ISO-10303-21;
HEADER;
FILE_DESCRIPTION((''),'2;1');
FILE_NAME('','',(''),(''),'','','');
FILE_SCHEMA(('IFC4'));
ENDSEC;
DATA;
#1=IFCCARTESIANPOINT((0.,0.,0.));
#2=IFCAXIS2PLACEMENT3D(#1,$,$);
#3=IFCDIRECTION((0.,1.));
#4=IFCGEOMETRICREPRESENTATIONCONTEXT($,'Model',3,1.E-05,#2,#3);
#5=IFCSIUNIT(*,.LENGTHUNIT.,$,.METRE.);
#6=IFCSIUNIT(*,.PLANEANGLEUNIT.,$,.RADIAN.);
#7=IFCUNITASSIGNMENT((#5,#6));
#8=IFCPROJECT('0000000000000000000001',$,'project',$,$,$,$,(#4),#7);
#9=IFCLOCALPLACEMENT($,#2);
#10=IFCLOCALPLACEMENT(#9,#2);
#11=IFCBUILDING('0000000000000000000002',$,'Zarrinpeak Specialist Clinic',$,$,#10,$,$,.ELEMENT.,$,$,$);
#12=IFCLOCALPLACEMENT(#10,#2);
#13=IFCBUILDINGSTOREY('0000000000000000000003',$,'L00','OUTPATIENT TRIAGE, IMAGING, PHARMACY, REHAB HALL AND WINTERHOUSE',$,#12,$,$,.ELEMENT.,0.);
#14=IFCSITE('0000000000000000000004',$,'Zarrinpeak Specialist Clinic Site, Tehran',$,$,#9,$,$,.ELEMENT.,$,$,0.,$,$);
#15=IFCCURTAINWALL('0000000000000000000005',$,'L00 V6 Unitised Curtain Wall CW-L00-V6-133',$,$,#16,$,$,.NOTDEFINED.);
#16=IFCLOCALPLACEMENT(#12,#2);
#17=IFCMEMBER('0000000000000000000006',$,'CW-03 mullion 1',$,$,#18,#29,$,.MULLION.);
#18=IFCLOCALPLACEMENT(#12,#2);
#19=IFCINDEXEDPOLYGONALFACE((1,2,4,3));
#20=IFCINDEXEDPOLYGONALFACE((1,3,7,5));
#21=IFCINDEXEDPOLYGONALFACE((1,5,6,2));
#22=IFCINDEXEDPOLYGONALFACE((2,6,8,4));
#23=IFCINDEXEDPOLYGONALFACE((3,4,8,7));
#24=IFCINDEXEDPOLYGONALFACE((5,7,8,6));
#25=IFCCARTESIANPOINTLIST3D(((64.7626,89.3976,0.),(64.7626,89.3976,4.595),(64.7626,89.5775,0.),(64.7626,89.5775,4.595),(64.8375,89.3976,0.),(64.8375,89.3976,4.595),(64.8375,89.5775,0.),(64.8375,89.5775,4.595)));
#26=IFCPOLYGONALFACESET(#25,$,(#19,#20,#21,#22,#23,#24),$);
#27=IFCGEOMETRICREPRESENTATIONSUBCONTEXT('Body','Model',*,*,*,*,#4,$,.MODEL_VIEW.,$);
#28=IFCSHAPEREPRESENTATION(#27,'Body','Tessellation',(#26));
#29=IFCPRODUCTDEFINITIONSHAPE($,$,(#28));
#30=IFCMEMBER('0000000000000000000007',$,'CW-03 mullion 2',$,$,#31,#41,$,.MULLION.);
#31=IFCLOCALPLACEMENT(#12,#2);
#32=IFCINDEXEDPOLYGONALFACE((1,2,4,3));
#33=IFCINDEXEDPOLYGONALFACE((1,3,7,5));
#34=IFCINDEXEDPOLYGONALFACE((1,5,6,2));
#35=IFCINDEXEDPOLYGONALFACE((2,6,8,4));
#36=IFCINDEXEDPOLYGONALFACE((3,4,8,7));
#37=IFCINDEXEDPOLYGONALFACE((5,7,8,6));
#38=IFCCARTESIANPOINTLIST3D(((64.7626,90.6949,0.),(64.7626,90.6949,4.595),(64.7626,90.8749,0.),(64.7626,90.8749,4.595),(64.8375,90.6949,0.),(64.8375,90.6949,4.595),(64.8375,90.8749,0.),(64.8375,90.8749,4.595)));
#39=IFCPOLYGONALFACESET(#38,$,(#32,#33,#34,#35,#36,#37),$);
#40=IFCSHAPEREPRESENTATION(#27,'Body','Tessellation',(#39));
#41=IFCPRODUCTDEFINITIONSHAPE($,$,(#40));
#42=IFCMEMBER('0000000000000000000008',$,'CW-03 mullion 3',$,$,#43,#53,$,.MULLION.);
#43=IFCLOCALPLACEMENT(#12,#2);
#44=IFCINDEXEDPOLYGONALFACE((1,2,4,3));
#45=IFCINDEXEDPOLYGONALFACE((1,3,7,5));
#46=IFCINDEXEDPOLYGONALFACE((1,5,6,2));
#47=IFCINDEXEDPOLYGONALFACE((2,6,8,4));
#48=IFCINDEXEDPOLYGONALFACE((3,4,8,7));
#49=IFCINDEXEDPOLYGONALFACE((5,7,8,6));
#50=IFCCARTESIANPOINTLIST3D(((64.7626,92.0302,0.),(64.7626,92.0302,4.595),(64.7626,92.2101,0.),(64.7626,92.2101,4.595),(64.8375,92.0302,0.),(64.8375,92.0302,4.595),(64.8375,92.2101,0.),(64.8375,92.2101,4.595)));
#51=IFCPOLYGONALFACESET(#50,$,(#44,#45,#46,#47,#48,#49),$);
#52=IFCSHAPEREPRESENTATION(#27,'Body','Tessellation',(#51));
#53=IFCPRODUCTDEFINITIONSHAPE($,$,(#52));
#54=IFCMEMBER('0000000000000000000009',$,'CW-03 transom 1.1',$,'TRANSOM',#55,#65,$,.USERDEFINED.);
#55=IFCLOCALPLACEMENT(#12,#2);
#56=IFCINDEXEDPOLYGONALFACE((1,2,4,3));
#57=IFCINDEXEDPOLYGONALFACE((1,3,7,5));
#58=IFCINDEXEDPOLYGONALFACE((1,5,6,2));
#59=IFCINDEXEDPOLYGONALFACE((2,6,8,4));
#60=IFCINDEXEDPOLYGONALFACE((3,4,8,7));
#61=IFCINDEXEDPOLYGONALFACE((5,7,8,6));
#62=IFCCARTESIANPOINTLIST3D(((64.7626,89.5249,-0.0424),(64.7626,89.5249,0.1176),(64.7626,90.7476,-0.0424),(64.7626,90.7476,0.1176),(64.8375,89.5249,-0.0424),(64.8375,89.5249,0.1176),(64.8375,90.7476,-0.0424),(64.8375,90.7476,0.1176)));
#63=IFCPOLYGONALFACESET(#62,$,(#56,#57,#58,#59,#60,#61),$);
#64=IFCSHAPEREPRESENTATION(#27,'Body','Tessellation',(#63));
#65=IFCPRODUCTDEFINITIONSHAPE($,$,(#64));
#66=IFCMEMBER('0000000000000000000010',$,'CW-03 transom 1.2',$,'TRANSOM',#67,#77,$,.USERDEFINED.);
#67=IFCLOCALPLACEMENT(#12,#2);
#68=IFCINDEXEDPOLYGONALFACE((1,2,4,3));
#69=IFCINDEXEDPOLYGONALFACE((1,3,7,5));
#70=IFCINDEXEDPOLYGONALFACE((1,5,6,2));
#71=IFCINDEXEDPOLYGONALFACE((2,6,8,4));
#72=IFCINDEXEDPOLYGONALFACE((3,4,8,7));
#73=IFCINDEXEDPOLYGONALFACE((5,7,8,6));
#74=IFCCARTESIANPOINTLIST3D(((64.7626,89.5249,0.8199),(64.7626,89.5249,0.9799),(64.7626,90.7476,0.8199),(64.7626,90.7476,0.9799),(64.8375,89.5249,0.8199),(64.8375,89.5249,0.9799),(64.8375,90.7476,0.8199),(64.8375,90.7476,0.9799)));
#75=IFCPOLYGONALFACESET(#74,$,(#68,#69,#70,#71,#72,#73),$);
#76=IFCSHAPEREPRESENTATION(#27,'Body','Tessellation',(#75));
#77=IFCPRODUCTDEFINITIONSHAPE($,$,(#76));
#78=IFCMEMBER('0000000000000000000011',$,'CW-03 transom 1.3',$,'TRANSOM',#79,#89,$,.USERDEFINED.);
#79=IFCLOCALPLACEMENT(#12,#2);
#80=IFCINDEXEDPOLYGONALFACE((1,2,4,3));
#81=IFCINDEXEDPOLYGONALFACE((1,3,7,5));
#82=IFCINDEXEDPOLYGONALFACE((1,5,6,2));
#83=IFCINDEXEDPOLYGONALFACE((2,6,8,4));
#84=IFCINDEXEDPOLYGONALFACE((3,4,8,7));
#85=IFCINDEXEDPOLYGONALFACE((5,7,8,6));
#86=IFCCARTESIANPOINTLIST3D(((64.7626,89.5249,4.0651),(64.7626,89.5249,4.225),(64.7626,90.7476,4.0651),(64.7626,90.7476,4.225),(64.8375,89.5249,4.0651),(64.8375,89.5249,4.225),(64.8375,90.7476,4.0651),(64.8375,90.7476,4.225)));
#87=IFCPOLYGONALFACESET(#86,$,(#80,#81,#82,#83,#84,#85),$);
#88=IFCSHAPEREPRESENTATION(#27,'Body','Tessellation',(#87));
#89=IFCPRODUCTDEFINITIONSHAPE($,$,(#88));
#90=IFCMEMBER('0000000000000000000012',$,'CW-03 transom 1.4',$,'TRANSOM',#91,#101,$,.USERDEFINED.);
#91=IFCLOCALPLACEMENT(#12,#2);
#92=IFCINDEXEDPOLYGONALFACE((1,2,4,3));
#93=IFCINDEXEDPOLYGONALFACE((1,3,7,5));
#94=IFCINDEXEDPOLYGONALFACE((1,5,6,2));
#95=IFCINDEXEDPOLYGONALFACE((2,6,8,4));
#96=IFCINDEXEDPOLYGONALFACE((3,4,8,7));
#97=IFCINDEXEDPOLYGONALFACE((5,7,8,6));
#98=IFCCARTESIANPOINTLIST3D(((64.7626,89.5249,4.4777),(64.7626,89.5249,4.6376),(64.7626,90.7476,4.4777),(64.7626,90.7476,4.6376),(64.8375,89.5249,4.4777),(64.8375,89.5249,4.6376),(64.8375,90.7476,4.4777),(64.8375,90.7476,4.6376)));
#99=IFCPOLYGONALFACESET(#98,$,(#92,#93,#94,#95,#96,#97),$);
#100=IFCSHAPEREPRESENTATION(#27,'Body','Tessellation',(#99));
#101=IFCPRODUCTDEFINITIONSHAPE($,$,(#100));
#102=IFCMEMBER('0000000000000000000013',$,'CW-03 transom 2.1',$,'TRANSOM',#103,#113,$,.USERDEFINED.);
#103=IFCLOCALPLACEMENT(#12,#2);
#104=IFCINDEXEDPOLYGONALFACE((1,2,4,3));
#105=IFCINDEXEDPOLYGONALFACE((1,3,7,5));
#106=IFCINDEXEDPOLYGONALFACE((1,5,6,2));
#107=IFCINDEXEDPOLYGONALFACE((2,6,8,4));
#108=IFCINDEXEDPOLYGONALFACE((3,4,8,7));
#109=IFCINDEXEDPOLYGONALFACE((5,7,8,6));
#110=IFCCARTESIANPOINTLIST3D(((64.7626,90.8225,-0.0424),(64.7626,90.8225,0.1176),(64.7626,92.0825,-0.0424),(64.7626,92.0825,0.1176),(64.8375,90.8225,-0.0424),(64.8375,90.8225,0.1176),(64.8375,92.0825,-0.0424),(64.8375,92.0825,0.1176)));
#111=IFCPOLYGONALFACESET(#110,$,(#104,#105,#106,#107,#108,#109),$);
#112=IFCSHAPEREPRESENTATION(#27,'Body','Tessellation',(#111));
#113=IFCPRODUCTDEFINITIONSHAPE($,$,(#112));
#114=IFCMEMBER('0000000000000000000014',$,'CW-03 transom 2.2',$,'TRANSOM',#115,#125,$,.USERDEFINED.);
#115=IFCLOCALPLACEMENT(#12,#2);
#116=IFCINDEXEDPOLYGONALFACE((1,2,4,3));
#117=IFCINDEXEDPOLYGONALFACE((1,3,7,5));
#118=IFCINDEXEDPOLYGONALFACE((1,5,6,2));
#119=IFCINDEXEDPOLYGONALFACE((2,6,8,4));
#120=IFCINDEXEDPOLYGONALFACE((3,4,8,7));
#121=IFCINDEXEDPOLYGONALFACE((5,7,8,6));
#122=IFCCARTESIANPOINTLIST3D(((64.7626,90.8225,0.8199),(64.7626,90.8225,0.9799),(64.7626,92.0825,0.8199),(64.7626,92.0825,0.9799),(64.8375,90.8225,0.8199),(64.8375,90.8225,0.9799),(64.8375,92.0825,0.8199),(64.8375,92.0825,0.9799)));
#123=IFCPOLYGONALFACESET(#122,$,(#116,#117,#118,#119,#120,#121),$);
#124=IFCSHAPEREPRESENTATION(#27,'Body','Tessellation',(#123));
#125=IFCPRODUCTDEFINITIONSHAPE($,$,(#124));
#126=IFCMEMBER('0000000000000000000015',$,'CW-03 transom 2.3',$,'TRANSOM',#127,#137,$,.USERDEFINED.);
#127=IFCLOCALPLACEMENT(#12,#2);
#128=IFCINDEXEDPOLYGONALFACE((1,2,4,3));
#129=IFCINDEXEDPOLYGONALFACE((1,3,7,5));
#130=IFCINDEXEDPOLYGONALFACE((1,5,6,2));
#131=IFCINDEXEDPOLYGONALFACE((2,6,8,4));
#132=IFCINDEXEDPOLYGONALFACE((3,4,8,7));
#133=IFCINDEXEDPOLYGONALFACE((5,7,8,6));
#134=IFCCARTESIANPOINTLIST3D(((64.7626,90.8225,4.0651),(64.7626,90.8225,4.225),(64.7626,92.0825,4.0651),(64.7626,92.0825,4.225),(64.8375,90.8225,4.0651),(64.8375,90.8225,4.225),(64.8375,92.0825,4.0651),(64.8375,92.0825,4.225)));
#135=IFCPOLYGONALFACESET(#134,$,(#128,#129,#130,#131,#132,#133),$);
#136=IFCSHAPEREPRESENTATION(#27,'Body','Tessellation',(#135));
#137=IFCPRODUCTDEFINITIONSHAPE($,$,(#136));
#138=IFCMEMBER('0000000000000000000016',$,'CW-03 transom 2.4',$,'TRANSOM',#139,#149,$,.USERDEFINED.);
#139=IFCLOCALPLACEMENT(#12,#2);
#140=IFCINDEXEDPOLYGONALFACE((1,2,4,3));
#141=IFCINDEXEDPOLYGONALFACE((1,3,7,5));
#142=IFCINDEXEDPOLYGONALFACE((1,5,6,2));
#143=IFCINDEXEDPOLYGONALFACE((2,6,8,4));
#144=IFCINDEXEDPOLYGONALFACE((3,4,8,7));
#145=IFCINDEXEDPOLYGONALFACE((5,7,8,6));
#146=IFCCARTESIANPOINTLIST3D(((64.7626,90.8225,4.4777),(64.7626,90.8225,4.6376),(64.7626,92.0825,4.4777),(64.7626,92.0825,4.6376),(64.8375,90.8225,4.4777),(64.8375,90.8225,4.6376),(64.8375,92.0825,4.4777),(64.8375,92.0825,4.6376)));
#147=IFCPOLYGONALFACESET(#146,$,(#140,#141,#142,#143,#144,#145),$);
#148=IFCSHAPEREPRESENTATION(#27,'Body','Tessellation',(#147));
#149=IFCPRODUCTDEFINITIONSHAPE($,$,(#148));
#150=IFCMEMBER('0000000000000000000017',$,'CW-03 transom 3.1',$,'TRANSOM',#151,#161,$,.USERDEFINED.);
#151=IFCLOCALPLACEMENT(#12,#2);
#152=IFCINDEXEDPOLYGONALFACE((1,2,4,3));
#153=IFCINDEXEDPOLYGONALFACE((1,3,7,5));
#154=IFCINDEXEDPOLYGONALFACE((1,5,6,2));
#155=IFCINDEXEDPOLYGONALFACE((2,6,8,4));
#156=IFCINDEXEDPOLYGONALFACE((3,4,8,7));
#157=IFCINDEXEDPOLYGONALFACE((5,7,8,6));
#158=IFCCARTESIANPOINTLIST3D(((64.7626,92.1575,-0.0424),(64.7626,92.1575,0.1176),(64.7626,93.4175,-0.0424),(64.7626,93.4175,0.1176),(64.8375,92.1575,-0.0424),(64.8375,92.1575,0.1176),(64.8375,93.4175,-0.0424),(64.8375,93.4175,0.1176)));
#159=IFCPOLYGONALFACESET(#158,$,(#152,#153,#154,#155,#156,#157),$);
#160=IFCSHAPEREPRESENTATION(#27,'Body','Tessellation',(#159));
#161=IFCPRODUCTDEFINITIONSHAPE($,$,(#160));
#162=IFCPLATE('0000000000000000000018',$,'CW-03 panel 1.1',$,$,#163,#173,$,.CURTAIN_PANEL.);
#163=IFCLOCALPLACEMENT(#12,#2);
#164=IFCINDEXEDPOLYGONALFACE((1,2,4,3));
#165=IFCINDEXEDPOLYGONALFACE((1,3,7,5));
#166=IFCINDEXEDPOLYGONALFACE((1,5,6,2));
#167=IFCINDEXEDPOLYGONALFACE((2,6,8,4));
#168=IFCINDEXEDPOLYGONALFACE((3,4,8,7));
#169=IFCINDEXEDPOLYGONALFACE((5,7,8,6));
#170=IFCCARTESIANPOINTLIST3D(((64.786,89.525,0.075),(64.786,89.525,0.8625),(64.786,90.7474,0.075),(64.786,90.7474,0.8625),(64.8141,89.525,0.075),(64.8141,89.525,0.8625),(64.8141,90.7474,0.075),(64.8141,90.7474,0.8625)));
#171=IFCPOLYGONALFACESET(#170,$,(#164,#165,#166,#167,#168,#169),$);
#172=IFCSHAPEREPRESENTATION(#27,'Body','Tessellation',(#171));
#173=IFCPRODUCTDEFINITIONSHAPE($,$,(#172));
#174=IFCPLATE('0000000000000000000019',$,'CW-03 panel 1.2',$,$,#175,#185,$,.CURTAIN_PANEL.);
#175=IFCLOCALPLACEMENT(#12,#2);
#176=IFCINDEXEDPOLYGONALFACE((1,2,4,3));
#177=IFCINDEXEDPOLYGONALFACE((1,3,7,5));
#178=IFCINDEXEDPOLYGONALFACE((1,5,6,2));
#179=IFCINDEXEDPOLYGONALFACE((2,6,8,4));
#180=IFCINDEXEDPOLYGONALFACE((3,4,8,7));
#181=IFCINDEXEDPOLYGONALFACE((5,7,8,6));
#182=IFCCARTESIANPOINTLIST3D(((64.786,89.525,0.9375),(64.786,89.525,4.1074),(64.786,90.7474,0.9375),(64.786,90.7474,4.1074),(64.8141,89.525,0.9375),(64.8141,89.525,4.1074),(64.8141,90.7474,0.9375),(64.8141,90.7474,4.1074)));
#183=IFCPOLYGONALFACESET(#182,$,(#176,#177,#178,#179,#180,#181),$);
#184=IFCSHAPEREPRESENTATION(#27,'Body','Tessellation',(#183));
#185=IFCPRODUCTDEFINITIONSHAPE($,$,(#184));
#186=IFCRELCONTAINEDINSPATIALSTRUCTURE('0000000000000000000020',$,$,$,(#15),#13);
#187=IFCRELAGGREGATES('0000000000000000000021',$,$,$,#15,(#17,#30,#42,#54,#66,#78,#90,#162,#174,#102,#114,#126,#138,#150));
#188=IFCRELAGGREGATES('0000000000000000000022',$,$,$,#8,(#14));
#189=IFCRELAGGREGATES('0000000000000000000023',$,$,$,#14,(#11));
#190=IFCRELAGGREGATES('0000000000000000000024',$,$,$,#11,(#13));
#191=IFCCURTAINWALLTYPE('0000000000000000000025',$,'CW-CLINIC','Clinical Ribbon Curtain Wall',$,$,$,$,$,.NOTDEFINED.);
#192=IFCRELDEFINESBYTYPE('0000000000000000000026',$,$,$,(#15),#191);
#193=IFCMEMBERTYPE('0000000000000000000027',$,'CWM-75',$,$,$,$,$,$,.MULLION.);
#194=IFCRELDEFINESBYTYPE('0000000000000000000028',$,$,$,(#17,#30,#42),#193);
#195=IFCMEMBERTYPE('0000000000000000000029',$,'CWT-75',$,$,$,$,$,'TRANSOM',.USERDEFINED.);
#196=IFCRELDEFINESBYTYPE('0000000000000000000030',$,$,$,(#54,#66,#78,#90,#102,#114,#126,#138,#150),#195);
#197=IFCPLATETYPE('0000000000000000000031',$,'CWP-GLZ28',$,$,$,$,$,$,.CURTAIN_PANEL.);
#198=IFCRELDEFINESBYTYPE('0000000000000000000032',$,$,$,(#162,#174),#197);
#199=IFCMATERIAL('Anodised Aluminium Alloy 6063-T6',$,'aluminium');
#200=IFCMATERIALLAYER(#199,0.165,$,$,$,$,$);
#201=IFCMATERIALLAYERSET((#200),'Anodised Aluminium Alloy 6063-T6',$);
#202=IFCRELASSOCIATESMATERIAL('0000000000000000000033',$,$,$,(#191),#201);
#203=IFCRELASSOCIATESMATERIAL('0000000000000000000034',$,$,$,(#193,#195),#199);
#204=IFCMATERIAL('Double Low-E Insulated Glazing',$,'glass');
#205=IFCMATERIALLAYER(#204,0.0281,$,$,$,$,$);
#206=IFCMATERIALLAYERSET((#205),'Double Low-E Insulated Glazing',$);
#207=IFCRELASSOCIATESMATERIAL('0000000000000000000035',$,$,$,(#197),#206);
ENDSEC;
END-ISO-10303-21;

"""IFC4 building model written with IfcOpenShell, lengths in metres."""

from ifc_helpers import new_model, si_unit, direction, frame, origin, origin_2d, place, context, subcontext, project, spatial, rectangle, extrude, material, layer, layer_set, material_profile, profile_set, type_object, element, aggregate, save


model = new_model("IFC4")

# Units and contexts
model_context = context("Model", 3, precision=1e-05, world=origin(), true_north=direction((0.0, 1.0)))
body_context = subcontext(model_context, "Body", "Model", "MODEL_VIEW")
ifc_project = project(units=[si_unit("LENGTHUNIT", "METRE"), si_unit("PLANEANGLEUNIT", "RADIAN")], contexts=[model_context])

# Site, building, storey
site_placement = place(None, origin())
site = spatial("IfcSite", under=ifc_project, at=site_placement, Name="Zarrinpeak Specialist Clinic Site, Tehran", CompositionType="ELEMENT", RefElevation=0.0)
building_placement = place(site_placement, origin())
building = spatial("IfcBuilding", under=site, at=building_placement, Name="Zarrinpeak Specialist Clinic", CompositionType="ELEMENT")
storey_placement = place(building_placement, origin())
storey = spatial("IfcBuildingStorey", under=building, at=storey_placement, Name="L00", Description="OUTPATIENT TRIAGE, IMAGING, PHARMACY, REHAB HALL AND WINTERHOUSE", CompositionType="ELEMENT", Elevation=0.0)

# Curtain wall, members, plates
ifc_material_1 = material(Name="Anodised Aluminium Alloy 6063-T6", Category="aluminium")
ifc_layer_1 = layer(ifc_material_1, 0.165)
ifc_layer_set_1 = layer_set([ifc_layer_1], Name="Anodised Aluminium Alloy 6063-T6")
curtain_wall_type = type_object("IfcCurtainWallType", Name="CW-CLINIC", Description="Clinical Ribbon Curtain Wall", PredefinedType="NOTDEFINED", material=ifc_layer_set_1)
curtain_wall_placement = place(storey_placement, origin())
curtain_wall = element("IfcCurtainWall", 1, at=curtain_wall_placement, inside=storey, type_object=curtain_wall_type, Name="L00 V6 Unitised Curtain Wall CW-L00-V6-133", PredefinedType="NOTDEFINED")
ifc_material_profile_1 = material_profile(ifc_material_1, rectangle(XDim=0.075, YDim=0.1799, at=origin_2d()), Name="ALU 75x180")
ifc_profile_set_1 = profile_set([ifc_material_profile_1], Name="Anodised Aluminium Alloy 6063-T6")
member_type_1 = type_object("IfcMemberType", Name="CWM-75", PredefinedType="MULLION", material=ifc_profile_set_1)
member_1_placement = place(storey_placement, frame((64.8, 89.4875, 0.0), z_axis=(0.0, 0.0, 1.0), x_axis=(-1.0, 0.0, 0.0)))
member_1 = element("IfcMember", 2, at=member_1_placement, type_object=member_type_1, Name="CW-03 mullion 1", PredefinedType="MULLION", context=body_context, shape_type="SweptSolid", body=[
    extrude(rectangle(XDim=0.075, YDim=0.1799, at=origin_2d()), origin(), (0.0, 0.0, 1.0), 4.595),
])
member_2_placement = place(storey_placement, frame((64.8, 90.7849, 0.0), z_axis=(0.0, 0.0, 1.0), x_axis=(-1.0, 0.0, 0.0)))
member_2 = element("IfcMember", 3, at=member_2_placement, type_object=member_type_1, Name="CW-03 mullion 2", PredefinedType="MULLION", context=body_context, shape_type="SweptSolid", body=[
    extrude(rectangle(XDim=0.075, YDim=0.1799, at=origin_2d()), origin(), (0.0, 0.0, 1.0), 4.595),
])
member_3_placement = place(storey_placement, frame((64.8, 92.1201, 0.0), z_axis=(0.0, 0.0, 1.0), x_axis=(-1.0, 0.0, 0.0)))
member_3 = element("IfcMember", 4, at=member_3_placement, type_object=member_type_1, Name="CW-03 mullion 3", PredefinedType="MULLION", context=body_context, shape_type="SweptSolid", body=[
    extrude(rectangle(XDim=0.075, YDim=0.1799, at=origin_2d()), origin(), (0.0, 0.0, 1.0), 4.595),
])
ifc_material_profile_2 = material_profile(ifc_material_1, rectangle(XDim=0.075, YDim=0.1599, at=origin_2d()), Name="ALU 75x160")
ifc_profile_set_2 = profile_set([ifc_material_profile_2], Name="Anodised Aluminium Alloy 6063-T6")
member_type_2 = type_object("IfcMemberType", Name="CWT-75", ElementType="TRANSOM", PredefinedType="USERDEFINED", material=ifc_profile_set_2)
member_4_placement = place(storey_placement, frame((64.8, 89.5249, 0.0376), z_axis=(0.0, 1.0, 0.0), x_axis=(-1.0, 0.0, 0.0)))
member_4 = element("IfcMember", 5, at=member_4_placement, type_object=member_type_2, Name="CW-03 transom 1.1", ObjectType="TRANSOM", PredefinedType="USERDEFINED", context=body_context, shape_type="SweptSolid", body=[
    extrude(rectangle(XDim=0.075, YDim=0.1599, at=origin_2d()), origin(), (0.0, 0.0, 1.0), 1.2227),
])
member_5_placement = place(storey_placement, frame((64.8, 89.5249, 0.8999), z_axis=(0.0, 1.0, 0.0), x_axis=(-1.0, 0.0, 0.0)))
member_5 = element("IfcMember", 6, at=member_5_placement, type_object=member_type_2, Name="CW-03 transom 1.2", ObjectType="TRANSOM", PredefinedType="USERDEFINED", context=body_context, shape_type="SweptSolid", body=[
    extrude(rectangle(XDim=0.075, YDim=0.1599, at=origin_2d()), origin(), (0.0, 0.0, 1.0), 1.2227),
])
member_6_placement = place(storey_placement, frame((64.8, 89.5249, 4.145), z_axis=(0.0, 1.0, 0.0), x_axis=(-1.0, 0.0, 0.0)))
member_6 = element("IfcMember", 7, at=member_6_placement, type_object=member_type_2, Name="CW-03 transom 1.3", ObjectType="TRANSOM", PredefinedType="USERDEFINED", context=body_context, shape_type="SweptSolid", body=[
    extrude(rectangle(XDim=0.075, YDim=0.1599, at=origin_2d()), origin(), (0.0, 0.0, 1.0), 1.2227),
])
member_7_placement = place(storey_placement, frame((64.8, 89.5249, 4.5576), z_axis=(0.0, 1.0, 0.0), x_axis=(-1.0, 0.0, 0.0)))
member_7 = element("IfcMember", 8, at=member_7_placement, type_object=member_type_2, Name="CW-03 transom 1.4", ObjectType="TRANSOM", PredefinedType="USERDEFINED", context=body_context, shape_type="SweptSolid", body=[
    extrude(rectangle(XDim=0.075, YDim=0.1599, at=origin_2d()), origin(), (0.0, 0.0, 1.0), 1.2227),
])
member_8_placement = place(storey_placement, frame((64.8, 90.8225, 0.0376), z_axis=(0.0, 1.0, 0.0), x_axis=(-1.0, 0.0, 0.0)))
member_8 = element("IfcMember", 9, at=member_8_placement, type_object=member_type_2, Name="CW-03 transom 2.1", ObjectType="TRANSOM", PredefinedType="USERDEFINED", context=body_context, shape_type="SweptSolid", body=[
    extrude(rectangle(XDim=0.075, YDim=0.1599, at=origin_2d()), origin(), (0.0, 0.0, 1.0), 1.26),
])
member_9_placement = place(storey_placement, frame((64.8, 90.8225, 0.8999), z_axis=(0.0, 1.0, 0.0), x_axis=(-1.0, 0.0, 0.0)))
member_9 = element("IfcMember", 10, at=member_9_placement, type_object=member_type_2, Name="CW-03 transom 2.2", ObjectType="TRANSOM", PredefinedType="USERDEFINED", context=body_context, shape_type="SweptSolid", body=[
    extrude(rectangle(XDim=0.075, YDim=0.1599, at=origin_2d()), origin(), (0.0, 0.0, 1.0), 1.26),
])
member_10_placement = place(storey_placement, frame((64.8, 90.8225, 4.145), z_axis=(0.0, 1.0, 0.0), x_axis=(-1.0, 0.0, 0.0)))
member_10 = element("IfcMember", 11, at=member_10_placement, type_object=member_type_2, Name="CW-03 transom 2.3", ObjectType="TRANSOM", PredefinedType="USERDEFINED", context=body_context, shape_type="SweptSolid", body=[
    extrude(rectangle(XDim=0.075, YDim=0.1599, at=origin_2d()), origin(), (0.0, 0.0, 1.0), 1.26),
])
member_11_placement = place(storey_placement, frame((64.8, 90.8225, 4.5576), z_axis=(0.0, 1.0, 0.0), x_axis=(-1.0, 0.0, 0.0)))
member_11 = element("IfcMember", 12, at=member_11_placement, type_object=member_type_2, Name="CW-03 transom 2.4", ObjectType="TRANSOM", PredefinedType="USERDEFINED", context=body_context, shape_type="SweptSolid", body=[
    extrude(rectangle(XDim=0.075, YDim=0.1599, at=origin_2d()), origin(), (0.0, 0.0, 1.0), 1.26),
])
member_12_placement = place(storey_placement, frame((64.8, 92.1575, 0.0376), z_axis=(0.0, 1.0, 0.0), x_axis=(-1.0, 0.0, 0.0)))
member_12 = element("IfcMember", 13, at=member_12_placement, type_object=member_type_2, Name="CW-03 transom 3.1", ObjectType="TRANSOM", PredefinedType="USERDEFINED", context=body_context, shape_type="SweptSolid", body=[
    extrude(rectangle(XDim=0.075, YDim=0.1599, at=origin_2d()), origin(), (0.0, 0.0, 1.0), 1.26),
])
ifc_material_2 = material(Name="Double Low-E Insulated Glazing", Category="glass")
ifc_layer_2 = layer(ifc_material_2, 0.0281)
ifc_layer_set_2 = layer_set([ifc_layer_2], Name="Double Low-E Insulated Glazing")
plate_type = type_object("IfcPlateType", Name="CWP-GLZ28", PredefinedType="CURTAIN_PANEL", material=ifc_layer_set_2)
plate_1_placement = place(storey_placement, frame((64.8, 90.1362, 0.075), z_axis=(0.0, 0.0, 1.0), x_axis=(0.0, 1.0, 0.0)))
plate_1 = element("IfcPlate", 14, at=plate_1_placement, type_object=plate_type, Name="CW-03 panel 1.1", PredefinedType="CURTAIN_PANEL", context=body_context, shape_type="SweptSolid", body=[
    extrude(rectangle(XDim=1.2224, YDim=0.0281, at=origin_2d()), origin(), (0.0, 0.0, 1.0), 0.7876),
])
plate_2_placement = place(storey_placement, frame((64.8, 90.1362, 0.9375), z_axis=(0.0, 0.0, 1.0), x_axis=(0.0, 1.0, 0.0)))
plate_2 = element("IfcPlate", 15, at=plate_2_placement, type_object=plate_type, Name="CW-03 panel 1.2", PredefinedType="CURTAIN_PANEL", context=body_context, shape_type="SweptSolid", body=[
    extrude(rectangle(XDim=1.2224, YDim=0.0281, at=origin_2d()), origin(), (0.0, 0.0, 1.0), 3.1699),
])
aggregate(curtain_wall, [member_1, member_2, member_3, member_4, member_5, member_6, member_7, plate_1, plate_2, member_8, member_9, member_10, member_11, member_12])

save(model, "model.ifc")
